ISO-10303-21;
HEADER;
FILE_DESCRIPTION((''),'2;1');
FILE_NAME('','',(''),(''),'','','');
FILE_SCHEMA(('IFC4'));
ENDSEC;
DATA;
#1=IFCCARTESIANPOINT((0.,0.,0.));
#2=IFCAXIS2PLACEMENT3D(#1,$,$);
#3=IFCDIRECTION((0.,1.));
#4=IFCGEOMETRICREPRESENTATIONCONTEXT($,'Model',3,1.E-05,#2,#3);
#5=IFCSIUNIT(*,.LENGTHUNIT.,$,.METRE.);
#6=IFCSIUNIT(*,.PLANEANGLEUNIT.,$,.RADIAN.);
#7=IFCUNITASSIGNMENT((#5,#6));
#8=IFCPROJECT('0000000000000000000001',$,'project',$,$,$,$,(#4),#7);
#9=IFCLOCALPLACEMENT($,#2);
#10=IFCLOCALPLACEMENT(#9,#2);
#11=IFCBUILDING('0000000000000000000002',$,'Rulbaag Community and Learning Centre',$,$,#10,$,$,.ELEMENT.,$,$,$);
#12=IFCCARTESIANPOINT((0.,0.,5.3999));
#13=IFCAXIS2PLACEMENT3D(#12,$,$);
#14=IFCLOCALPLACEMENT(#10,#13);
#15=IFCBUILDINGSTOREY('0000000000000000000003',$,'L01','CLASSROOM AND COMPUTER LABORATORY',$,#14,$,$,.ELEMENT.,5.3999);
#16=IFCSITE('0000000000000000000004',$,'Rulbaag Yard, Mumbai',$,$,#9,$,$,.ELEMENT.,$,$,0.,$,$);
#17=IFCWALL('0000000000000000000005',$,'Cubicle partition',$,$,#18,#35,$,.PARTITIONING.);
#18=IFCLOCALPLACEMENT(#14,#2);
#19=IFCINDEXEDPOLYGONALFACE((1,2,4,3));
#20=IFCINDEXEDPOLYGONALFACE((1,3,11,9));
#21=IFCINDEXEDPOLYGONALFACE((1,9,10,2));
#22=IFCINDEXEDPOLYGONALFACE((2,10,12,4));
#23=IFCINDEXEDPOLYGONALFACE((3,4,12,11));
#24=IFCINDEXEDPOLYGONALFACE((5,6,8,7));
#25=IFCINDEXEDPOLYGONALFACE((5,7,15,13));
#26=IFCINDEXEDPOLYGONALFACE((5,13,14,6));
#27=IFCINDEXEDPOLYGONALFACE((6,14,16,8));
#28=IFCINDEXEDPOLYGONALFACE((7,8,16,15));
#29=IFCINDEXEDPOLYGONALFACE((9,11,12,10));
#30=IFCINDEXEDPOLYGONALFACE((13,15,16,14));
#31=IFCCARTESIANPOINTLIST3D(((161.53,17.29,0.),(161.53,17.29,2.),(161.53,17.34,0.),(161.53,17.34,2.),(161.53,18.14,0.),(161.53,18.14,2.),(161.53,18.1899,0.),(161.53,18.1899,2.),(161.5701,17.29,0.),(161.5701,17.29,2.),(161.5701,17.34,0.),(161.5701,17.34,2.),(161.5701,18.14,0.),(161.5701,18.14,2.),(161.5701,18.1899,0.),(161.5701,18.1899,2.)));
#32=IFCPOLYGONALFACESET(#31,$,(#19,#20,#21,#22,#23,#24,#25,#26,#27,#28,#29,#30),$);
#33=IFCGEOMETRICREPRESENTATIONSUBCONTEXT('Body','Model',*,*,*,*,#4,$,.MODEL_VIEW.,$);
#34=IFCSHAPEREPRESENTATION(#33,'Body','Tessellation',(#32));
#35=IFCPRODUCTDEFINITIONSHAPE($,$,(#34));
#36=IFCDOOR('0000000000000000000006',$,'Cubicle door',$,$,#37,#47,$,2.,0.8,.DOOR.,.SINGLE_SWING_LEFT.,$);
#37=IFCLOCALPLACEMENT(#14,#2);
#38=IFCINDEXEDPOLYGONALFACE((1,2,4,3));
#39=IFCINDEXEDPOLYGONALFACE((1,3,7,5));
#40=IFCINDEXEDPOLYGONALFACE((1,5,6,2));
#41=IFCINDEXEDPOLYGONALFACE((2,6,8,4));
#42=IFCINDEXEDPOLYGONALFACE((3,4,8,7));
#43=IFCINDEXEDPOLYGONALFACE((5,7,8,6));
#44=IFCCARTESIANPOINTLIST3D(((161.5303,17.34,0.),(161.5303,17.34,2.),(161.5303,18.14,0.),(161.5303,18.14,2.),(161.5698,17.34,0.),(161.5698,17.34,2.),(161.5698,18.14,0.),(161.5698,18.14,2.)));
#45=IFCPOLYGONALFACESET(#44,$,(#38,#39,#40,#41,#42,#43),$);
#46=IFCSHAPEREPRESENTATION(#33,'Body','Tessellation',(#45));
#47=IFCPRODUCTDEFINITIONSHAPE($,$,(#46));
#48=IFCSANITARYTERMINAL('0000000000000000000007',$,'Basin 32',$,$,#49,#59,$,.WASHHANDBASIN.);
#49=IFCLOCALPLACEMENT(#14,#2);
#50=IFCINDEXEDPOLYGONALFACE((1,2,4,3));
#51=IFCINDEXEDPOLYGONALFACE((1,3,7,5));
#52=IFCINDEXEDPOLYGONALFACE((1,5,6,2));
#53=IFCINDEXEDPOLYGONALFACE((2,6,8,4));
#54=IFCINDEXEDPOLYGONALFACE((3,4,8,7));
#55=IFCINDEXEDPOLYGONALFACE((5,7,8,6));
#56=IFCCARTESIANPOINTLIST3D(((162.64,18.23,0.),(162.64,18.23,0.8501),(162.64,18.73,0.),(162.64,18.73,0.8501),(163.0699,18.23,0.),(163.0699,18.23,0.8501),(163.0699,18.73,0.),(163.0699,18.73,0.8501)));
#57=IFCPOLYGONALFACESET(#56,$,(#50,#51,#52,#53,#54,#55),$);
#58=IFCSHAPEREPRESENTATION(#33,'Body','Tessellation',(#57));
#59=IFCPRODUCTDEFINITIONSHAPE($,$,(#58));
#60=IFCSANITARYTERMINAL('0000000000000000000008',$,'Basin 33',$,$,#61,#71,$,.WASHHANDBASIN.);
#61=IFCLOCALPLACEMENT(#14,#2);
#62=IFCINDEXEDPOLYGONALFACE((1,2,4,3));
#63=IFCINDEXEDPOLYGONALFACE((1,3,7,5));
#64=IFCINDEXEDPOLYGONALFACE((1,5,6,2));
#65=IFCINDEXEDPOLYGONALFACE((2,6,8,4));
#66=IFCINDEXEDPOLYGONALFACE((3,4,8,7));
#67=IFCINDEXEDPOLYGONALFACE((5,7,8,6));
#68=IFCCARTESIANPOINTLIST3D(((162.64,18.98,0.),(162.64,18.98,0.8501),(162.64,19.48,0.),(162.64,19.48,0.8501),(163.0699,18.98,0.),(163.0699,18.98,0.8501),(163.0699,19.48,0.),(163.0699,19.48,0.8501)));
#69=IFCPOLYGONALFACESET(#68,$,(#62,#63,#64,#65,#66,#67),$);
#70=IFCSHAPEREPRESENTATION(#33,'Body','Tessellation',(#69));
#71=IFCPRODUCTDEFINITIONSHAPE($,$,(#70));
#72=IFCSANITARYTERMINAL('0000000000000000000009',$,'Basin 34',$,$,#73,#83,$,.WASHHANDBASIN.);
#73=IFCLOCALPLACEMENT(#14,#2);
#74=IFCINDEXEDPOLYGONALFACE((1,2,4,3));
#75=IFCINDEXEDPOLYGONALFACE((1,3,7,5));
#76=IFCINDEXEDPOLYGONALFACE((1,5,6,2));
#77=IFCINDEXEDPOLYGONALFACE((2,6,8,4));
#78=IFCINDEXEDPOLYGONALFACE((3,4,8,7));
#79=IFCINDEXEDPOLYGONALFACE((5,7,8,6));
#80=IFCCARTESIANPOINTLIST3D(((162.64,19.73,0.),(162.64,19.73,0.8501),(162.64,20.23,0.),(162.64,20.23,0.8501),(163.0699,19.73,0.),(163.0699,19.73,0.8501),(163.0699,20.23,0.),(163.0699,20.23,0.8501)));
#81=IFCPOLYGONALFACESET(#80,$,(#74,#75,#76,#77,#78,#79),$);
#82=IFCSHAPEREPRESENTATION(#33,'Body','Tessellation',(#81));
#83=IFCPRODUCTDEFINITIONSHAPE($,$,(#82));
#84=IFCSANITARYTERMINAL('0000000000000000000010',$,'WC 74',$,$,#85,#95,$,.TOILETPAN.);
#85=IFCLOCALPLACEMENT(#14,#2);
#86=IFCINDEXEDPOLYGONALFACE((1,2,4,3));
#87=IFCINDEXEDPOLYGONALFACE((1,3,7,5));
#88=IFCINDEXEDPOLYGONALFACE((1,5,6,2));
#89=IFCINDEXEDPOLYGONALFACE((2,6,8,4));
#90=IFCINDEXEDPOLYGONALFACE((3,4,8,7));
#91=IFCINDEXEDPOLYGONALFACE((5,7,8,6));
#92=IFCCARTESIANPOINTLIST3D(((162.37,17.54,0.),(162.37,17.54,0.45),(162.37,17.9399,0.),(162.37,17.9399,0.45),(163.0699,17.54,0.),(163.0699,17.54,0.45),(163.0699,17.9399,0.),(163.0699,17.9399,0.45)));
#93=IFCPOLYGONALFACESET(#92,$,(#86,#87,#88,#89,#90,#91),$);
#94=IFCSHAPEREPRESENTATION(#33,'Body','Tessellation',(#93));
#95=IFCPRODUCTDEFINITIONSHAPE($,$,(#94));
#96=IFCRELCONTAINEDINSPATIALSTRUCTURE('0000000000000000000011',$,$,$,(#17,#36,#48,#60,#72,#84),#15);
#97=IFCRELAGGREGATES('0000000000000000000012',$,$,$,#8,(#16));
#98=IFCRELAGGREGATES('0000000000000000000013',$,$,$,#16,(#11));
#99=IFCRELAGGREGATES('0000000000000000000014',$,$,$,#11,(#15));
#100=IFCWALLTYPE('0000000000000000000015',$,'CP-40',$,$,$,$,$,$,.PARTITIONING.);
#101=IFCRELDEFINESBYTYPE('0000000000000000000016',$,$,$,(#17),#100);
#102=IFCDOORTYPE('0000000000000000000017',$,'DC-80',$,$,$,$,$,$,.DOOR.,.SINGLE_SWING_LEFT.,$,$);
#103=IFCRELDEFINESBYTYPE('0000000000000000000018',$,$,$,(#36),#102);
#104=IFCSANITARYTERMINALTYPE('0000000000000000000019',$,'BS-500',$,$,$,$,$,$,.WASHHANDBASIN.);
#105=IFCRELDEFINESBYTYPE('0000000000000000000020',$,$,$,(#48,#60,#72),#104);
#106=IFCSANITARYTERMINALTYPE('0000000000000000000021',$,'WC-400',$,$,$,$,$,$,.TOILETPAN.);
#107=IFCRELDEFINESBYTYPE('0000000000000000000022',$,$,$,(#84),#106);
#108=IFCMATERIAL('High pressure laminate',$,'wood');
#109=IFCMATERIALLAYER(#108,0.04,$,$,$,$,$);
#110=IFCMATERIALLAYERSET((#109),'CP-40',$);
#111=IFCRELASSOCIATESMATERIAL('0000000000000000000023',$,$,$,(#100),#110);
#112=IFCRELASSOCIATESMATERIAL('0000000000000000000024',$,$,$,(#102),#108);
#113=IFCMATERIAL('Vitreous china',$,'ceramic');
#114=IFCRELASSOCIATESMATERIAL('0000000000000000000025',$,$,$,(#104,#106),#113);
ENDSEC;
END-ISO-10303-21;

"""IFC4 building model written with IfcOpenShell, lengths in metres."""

from ifc_helpers import new_model, si_unit, direction, frame, frame_2d, origin, origin_2d, place, context, subcontext, project, spatial, rectangle, extrude, material, layer, layer_set, type_object, element, fill, save


model = new_model("IFC4")

# Units and contexts
model_context = context("Model", 3, precision=1e-05, world=origin(), true_north=direction((0.0, 1.0)))
body_context = subcontext(model_context, "Body", "Model", "MODEL_VIEW")
ifc_project = project(units=[si_unit("LENGTHUNIT", "METRE"), si_unit("PLANEANGLEUNIT", "RADIAN")], contexts=[model_context])

# Site, building, storey
site_placement = place(None, origin())
site = spatial("IfcSite", under=ifc_project, at=site_placement, Name="Rulbaag Yard, Mumbai", CompositionType="ELEMENT", RefElevation=0.0)
building_placement = place(site_placement, origin())
building = spatial("IfcBuilding", under=site, at=building_placement, Name="Rulbaag Community and Learning Centre", CompositionType="ELEMENT")
storey_placement = place(building_placement, frame((0.0, 0.0, 5.3999)))
storey = spatial("IfcBuildingStorey", under=building, at=storey_placement, Name="L01", Description="CLASSROOM AND COMPUTER LABORATORY", CompositionType="ELEMENT", Elevation=5.3999)

# Wall, opening, door
ifc_material_1 = material(Name="High pressure laminate", Category="wood")
ifc_layer = layer(ifc_material_1, 0.04)
ifc_layer_set = layer_set([ifc_layer], Name="CP-40")
wall_type = type_object("IfcWallType", Name="CP-40", PredefinedType="PARTITIONING", material=ifc_layer_set)
door_type = type_object("IfcDoorType", Name="DC-80", OperationType="SINGLE_SWING_LEFT", PredefinedType="DOOR", material=ifc_material_1)
wall_1_placement = place(storey_placement, frame((161.55, 17.29, 0.0), z_axis=(0.0, 0.0, 1.0), x_axis=(0.0, 1.0, 0.0)))
wall_1 = element("IfcWall", 1, at=wall_1_placement, inside=storey, type_object=wall_type, Name="Cubicle partition", PredefinedType="PARTITIONING", context=body_context, shape_type="SweptSolid", body=[
    extrude(rectangle(XDim=0.8999, YDim=0.04, at=frame_2d((0.45, 0.0))), origin(), (0.0, 0.0, 1.0), 2.0),
])
opening_1_placement = place(wall_1_placement, frame((0.05, 0.0, 0.0)))
opening_1 = element("IfcOpeningElement", 2, at=opening_1_placement, cuts=wall_1, PredefinedType="OPENING", context=body_context, shape_type="SweptSolid", body=[
    extrude(rectangle(XDim=0.8, YDim=2.0, at=frame_2d((0.3999, 1.0))), frame((0.0, 0.03, 0.0), z_axis=(0.0, -1.0, 0.0), x_axis=(1.0, 0.0, 0.0)), (0.0, 0.0, 1.0), 0.0601),
])
door_1_placement = place(opening_1_placement, origin())
door_1 = element("IfcDoor", 3, at=door_1_placement, inside=storey, type_object=door_type, Name="Cubicle door", OperationType="SINGLE_SWING_LEFT", OverallHeight=2.0, OverallWidth=0.8, PredefinedType="DOOR", context=body_context, shape_type="SweptSolid", body=[
    extrude(rectangle(XDim=0.8, YDim=2.0, at=frame_2d((0.3999, 1.0))), frame((0.0, 0.0198, 0.0), z_axis=(0.0, -1.0, 0.0), x_axis=(1.0, 0.0, 0.0)), (0.0, 0.0, 1.0), 0.0396),
])
fill(opening_1, door_1)

# Sanitary terminals
ifc_material_2 = material(Name="Vitreous china", Category="ceramic")
sanitary_terminal_type_1 = type_object("IfcSanitaryTerminalType", Name="BS-500", PredefinedType="WASHHANDBASIN", material=ifc_material_2)
for number, where, z_axis, x_axis, name in (
    (4, (162.855, 18.48, 0.0), (0.0, 0.0, 1.0), (1.0, 0.0, 0.0), "Basin 32"),
    (5, (162.855, 19.23, 0.0), (0.0, 0.0, 1.0), (1.0, 0.0, 0.0), "Basin 33"),
    (6, (162.855, 19.98, 0.0), (0.0, 0.0, 1.0), (1.0, 0.0, 0.0), "Basin 34"),
):
    element("IfcSanitaryTerminal", number, at=place(storey_placement, frame(where, z_axis=z_axis, x_axis=x_axis)), inside=storey, type_object=sanitary_terminal_type_1, Name=name, PredefinedType="WASHHANDBASIN", context=body_context, shape_type="SweptSolid", body=[
        extrude(rectangle(XDim=0.4299, YDim=0.5, at=origin_2d()), origin(), (0.0, 0.0, 1.0), 0.8501),
    ])
sanitary_terminal_type_2 = type_object("IfcSanitaryTerminalType", Name="WC-400", PredefinedType="TOILETPAN", material=ifc_material_2)
sanitary_terminal_placement = place(storey_placement, frame((162.72, 17.74, 0.0), z_axis=(0.0, 0.0, 1.0), x_axis=(1.0, 0.0, 0.0)))
element("IfcSanitaryTerminal", 7, at=sanitary_terminal_placement, inside=storey, type_object=sanitary_terminal_type_2, Name="WC 74", PredefinedType="TOILETPAN", context=body_context, shape_type="SweptSolid", body=[
    extrude(rectangle(XDim=0.7, YDim=0.3999, at=origin_2d()), origin(), (0.0, 0.0, 1.0), 0.45),
])

save(model, "model.ifc")
